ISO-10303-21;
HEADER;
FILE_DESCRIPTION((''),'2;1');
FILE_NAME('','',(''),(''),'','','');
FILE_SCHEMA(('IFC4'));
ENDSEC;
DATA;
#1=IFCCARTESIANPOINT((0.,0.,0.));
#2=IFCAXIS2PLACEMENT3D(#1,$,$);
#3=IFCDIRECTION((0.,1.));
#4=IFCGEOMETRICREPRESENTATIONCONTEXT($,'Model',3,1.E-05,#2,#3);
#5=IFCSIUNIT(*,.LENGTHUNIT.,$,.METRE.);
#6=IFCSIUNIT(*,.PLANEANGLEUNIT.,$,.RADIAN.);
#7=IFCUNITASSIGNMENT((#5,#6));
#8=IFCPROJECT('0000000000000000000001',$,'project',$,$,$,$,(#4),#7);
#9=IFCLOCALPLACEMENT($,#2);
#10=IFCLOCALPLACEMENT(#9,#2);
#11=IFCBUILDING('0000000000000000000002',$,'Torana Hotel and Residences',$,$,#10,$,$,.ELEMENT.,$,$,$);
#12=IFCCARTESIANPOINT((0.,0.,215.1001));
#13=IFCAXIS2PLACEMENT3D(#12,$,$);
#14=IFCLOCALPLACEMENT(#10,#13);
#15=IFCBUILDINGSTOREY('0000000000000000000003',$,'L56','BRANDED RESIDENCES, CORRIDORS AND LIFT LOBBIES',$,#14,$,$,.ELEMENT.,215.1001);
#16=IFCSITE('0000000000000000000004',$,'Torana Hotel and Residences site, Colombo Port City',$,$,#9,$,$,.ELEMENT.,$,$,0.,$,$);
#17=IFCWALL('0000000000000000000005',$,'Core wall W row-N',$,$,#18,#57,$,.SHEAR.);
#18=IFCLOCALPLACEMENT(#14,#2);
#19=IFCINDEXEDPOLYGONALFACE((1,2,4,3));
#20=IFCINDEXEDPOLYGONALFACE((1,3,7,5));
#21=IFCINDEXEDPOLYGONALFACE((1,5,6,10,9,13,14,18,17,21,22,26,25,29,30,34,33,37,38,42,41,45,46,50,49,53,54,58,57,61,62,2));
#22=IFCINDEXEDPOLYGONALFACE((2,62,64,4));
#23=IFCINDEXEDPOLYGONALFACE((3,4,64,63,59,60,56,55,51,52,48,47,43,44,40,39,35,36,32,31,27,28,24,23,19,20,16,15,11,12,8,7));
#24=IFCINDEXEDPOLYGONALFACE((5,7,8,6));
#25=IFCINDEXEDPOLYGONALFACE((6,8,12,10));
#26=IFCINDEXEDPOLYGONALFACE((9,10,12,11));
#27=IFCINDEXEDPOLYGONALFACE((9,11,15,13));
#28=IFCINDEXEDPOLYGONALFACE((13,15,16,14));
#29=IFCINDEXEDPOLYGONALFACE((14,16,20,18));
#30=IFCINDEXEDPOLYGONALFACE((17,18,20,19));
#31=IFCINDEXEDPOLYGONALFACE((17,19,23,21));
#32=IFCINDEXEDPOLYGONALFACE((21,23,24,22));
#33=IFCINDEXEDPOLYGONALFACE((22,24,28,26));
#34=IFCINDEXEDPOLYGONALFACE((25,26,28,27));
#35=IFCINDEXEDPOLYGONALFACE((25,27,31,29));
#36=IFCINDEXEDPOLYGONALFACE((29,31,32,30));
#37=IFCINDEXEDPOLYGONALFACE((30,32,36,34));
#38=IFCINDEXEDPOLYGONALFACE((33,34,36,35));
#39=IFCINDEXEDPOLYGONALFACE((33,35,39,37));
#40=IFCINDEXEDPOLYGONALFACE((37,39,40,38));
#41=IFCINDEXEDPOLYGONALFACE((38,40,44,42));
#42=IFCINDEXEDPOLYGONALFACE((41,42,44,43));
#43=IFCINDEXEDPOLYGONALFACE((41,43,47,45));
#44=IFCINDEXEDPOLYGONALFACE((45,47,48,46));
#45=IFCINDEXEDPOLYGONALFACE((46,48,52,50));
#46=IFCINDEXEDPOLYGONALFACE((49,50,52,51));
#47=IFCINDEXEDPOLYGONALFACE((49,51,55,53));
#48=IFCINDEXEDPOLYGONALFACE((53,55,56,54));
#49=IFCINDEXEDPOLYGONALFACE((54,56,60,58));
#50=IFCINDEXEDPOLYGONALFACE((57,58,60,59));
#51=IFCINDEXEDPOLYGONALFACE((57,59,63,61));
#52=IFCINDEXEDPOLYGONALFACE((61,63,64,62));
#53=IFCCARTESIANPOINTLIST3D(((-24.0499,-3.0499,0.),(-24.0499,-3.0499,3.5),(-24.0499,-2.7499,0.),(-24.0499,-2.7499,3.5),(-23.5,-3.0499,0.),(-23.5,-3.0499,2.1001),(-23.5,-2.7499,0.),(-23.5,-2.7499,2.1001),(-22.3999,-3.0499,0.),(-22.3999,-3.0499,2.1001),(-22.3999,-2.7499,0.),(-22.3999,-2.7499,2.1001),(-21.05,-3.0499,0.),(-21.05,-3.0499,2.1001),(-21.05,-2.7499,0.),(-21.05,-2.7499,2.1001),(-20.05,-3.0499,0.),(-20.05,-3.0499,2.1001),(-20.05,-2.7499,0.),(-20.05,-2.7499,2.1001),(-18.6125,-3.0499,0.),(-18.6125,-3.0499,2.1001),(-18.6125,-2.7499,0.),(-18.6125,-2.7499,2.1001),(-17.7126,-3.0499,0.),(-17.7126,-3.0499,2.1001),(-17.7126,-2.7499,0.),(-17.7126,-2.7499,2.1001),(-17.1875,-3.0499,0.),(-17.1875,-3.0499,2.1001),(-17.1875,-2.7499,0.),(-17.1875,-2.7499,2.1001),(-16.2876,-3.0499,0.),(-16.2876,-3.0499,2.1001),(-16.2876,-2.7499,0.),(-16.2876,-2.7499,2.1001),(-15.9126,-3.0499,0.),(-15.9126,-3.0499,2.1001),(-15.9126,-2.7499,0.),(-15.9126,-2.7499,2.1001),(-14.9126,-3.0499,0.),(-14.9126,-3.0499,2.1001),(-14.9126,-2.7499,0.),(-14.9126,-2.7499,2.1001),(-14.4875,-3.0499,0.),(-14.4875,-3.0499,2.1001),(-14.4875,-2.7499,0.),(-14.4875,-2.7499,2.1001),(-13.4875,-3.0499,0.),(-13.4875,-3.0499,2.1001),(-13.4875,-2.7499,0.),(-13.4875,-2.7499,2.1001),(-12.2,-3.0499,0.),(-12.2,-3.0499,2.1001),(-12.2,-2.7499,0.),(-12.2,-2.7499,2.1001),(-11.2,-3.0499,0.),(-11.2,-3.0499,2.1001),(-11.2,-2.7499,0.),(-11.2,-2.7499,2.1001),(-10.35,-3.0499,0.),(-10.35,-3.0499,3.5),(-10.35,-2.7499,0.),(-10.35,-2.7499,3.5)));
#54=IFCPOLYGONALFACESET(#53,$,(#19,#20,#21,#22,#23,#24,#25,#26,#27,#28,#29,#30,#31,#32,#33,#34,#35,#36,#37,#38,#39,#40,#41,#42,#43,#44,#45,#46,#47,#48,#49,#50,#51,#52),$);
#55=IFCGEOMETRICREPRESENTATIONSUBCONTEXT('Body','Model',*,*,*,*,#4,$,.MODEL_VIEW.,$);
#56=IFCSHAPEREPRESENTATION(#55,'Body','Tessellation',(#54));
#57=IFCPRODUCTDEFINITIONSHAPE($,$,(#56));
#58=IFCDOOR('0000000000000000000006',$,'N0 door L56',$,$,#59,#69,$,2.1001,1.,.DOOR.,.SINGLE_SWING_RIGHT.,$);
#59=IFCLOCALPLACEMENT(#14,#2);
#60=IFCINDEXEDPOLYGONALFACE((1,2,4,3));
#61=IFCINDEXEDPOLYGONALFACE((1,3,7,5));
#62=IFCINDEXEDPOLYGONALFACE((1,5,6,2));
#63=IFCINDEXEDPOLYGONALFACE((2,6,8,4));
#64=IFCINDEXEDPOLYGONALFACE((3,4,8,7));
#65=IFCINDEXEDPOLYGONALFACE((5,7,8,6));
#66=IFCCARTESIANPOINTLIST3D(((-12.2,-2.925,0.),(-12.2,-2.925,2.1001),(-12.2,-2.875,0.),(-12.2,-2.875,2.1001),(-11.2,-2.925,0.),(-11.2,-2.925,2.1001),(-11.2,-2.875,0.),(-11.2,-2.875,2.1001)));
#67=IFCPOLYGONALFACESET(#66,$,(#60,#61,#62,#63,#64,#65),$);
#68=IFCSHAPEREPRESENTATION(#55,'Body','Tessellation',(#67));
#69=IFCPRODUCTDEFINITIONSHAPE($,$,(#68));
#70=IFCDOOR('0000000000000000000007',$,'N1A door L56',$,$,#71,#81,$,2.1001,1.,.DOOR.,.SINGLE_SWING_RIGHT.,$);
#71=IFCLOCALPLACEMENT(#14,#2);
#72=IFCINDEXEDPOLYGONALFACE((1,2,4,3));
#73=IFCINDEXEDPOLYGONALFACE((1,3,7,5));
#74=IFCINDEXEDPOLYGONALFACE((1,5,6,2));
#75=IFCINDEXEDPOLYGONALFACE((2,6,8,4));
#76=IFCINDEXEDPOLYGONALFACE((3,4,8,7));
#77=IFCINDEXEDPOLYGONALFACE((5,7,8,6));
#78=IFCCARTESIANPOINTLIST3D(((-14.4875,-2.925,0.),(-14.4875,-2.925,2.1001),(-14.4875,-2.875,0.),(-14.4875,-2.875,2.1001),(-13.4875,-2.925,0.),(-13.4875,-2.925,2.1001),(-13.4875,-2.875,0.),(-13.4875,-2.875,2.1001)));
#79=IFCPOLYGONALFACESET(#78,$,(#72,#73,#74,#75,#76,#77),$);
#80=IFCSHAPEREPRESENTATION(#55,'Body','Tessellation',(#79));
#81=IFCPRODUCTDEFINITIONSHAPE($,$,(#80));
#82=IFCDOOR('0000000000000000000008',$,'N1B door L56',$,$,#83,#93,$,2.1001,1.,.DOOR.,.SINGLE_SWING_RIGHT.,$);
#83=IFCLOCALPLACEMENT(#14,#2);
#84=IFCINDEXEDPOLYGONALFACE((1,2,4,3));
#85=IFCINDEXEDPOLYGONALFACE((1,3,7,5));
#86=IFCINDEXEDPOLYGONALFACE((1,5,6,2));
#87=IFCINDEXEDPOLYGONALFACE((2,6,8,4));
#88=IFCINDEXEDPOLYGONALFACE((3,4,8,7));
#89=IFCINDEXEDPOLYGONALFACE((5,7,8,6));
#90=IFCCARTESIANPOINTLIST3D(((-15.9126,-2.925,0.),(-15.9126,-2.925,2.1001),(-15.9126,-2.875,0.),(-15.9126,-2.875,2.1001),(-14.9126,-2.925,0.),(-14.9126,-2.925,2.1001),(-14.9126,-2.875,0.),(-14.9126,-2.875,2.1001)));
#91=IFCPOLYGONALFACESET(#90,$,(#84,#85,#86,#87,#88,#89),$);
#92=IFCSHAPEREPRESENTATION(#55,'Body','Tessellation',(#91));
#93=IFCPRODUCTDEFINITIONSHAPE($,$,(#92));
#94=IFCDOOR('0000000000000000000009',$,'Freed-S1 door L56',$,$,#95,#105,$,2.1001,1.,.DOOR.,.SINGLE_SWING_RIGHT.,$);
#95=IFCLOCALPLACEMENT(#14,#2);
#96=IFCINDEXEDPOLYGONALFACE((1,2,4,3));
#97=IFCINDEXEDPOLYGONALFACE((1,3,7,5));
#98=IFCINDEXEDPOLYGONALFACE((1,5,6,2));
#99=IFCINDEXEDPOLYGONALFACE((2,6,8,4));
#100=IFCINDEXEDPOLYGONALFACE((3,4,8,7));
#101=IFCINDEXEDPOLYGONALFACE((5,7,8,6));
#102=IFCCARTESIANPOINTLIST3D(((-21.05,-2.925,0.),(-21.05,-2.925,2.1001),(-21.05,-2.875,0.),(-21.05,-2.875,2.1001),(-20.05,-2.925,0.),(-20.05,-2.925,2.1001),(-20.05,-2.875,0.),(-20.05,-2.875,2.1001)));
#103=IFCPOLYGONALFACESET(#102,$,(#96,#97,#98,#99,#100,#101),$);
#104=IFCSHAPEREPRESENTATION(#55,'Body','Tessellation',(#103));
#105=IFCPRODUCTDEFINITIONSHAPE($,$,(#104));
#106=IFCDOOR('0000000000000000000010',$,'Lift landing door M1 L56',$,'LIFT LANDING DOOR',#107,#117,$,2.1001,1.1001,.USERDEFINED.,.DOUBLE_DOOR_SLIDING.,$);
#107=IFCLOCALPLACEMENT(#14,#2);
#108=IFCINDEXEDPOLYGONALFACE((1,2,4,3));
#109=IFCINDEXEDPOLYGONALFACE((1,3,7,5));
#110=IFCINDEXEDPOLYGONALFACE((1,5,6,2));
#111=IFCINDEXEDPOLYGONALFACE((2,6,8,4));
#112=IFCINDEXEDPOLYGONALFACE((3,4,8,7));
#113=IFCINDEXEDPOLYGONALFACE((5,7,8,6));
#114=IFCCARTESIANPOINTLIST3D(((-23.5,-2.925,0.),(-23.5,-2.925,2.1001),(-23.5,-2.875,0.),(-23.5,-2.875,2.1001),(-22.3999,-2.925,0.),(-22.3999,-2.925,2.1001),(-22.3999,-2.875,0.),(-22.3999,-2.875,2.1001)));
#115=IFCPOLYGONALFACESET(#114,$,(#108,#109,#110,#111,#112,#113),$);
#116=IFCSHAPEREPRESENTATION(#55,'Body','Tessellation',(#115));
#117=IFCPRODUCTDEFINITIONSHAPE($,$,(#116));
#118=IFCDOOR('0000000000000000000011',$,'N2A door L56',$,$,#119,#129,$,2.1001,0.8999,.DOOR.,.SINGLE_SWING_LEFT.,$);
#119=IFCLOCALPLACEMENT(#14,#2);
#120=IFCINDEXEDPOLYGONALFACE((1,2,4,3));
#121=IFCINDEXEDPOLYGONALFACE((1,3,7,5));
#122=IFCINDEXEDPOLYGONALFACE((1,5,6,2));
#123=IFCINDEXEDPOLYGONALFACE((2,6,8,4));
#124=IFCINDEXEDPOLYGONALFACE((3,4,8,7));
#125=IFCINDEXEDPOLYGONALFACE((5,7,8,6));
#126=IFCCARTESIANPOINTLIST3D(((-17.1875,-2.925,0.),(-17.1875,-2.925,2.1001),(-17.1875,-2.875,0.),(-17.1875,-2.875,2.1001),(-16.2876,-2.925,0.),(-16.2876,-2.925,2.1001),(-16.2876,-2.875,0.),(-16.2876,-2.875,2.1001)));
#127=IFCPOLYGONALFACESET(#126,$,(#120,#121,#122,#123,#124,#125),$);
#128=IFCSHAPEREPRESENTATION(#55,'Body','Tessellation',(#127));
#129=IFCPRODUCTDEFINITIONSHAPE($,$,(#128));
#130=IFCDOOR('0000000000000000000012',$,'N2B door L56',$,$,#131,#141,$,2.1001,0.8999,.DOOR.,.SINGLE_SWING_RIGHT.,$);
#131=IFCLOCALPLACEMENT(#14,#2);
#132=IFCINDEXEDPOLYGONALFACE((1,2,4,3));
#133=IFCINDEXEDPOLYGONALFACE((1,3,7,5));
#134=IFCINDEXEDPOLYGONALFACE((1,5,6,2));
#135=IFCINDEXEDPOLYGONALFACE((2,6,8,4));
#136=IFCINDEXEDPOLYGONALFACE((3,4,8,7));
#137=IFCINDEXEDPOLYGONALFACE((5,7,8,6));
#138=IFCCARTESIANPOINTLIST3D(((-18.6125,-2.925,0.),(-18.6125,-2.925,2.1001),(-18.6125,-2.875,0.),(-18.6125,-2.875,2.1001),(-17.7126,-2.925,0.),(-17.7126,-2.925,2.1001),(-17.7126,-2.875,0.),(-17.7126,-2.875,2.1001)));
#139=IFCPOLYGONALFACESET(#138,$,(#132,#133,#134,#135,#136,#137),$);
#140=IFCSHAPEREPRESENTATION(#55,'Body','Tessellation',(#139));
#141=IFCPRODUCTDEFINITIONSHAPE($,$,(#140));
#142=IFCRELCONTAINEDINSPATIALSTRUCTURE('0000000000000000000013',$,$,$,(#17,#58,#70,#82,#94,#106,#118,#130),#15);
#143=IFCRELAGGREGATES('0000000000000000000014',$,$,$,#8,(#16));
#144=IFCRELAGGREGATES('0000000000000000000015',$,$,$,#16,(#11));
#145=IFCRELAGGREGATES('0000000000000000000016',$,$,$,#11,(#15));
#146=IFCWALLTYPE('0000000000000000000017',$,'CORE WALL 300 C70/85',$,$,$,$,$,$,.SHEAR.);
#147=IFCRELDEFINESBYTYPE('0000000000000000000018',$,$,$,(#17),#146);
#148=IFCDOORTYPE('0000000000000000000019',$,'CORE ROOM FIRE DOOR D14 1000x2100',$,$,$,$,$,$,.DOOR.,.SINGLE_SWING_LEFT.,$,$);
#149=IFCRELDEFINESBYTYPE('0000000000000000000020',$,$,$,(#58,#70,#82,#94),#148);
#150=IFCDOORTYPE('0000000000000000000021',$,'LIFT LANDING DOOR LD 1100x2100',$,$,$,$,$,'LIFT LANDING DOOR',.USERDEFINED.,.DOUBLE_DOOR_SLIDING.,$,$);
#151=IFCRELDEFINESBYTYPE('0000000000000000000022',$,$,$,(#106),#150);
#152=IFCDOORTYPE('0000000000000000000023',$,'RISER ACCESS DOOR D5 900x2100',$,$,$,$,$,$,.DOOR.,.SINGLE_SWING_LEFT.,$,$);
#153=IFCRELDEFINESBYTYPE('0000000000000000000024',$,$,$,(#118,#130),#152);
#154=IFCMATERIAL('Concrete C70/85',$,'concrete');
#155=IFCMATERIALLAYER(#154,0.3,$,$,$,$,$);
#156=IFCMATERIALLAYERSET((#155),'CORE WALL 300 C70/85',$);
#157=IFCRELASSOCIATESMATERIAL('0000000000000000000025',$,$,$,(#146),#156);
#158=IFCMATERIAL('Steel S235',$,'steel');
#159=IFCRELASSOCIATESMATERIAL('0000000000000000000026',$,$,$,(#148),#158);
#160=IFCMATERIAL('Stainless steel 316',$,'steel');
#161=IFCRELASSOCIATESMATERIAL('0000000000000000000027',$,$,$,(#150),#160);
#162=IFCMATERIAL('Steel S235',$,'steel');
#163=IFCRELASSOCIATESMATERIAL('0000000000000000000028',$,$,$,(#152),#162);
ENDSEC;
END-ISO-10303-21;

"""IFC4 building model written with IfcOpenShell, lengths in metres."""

from ifc_helpers import new_model, si_unit, direction, frame, frame_2d, origin, place, context, subcontext, project, spatial, rectangle, extrude, material, layer, layer_set, type_object, element, fill, save


model = new_model("IFC4")

# Units and contexts
model_context = context("Model", 3, precision=1e-05, world=origin(), true_north=direction((0.0, 1.0)))
body_context = subcontext(model_context, "Body", "Model", "MODEL_VIEW")
ifc_project = project(units=[si_unit("LENGTHUNIT", "METRE"), si_unit("PLANEANGLEUNIT", "RADIAN")], contexts=[model_context])

# Site, building, storey
site_placement = place(None, origin())
site = spatial("IfcSite", under=ifc_project, at=site_placement, Name="Torana Hotel and Residences site, Colombo Port City", CompositionType="ELEMENT", RefElevation=0.0)
building_placement = place(site_placement, origin())
building = spatial("IfcBuilding", under=site, at=building_placement, Name="Torana Hotel and Residences", CompositionType="ELEMENT")
storey_placement = place(building_placement, frame((0.0, 0.0, 215.1001)))
storey = spatial("IfcBuildingStorey", under=building, at=storey_placement, Name="L56", Description="BRANDED RESIDENCES, CORRIDORS AND LIFT LOBBIES", CompositionType="ELEMENT", Elevation=215.1001)

# Wall, openings, doors
ifc_material_1 = material(Name="Concrete C70/85", Category="concrete")
ifc_layer_1 = layer(ifc_material_1, 0.3)
ifc_layer_set_1 = layer_set([ifc_layer_1], Name="CORE WALL 300 C70/85")
wall_type_1 = type_object("IfcWallType", Name="CORE WALL 300 C70/85", PredefinedType="SHEAR", material=ifc_layer_set_1)
wall_1_placement = place(storey_placement, frame((-24.05, -2.8999, 0.0), z_axis=(0.0, 0.0, 1.0), x_axis=(1.0, 0.0, 0.0)))
wall_1 = element("IfcWall", 1, at=wall_1_placement, inside=storey, type_object=wall_type_1, Name="Core wall W row-N", PredefinedType="SHEAR", context=body_context, shape_type="SweptSolid", body=[
    extrude(rectangle(XDim=13.7, YDim=0.3, at=frame_2d((6.8501, 0.0))), origin(), (0.0, 0.0, 1.0), 3.5),
])
opening_1_placement = place(wall_1_placement, frame((0.55, 0.0, 0.0)))
opening_1 = element("IfcOpeningElement", 2, at=opening_1_placement, cuts=wall_1, PredefinedType="OPENING", context=body_context, shape_type="SweptSolid", body=[
    extrude(rectangle(XDim=1.1001, YDim=2.1001, at=frame_2d((0.55, 1.05))), frame((0.0, 0.1599, 0.0), z_axis=(0.0, -1.0, 0.0), x_axis=(1.0, 0.0, 0.0)), (0.0, 0.0, 1.0), 0.3201),
])
opening_2_placement = place(wall_1_placement, frame((6.8625, 0.0, 0.0)))
opening_2 = element("IfcOpeningElement", 3, at=opening_2_placement, cuts=wall_1, PredefinedType="OPENING", context=body_context, shape_type="SweptSolid", body=[
    extrude(rectangle(XDim=0.8999, YDim=2.1001, at=frame_2d((0.45, 1.05))), frame((0.0, 0.1599, 0.0), z_axis=(0.0, -1.0, 0.0), x_axis=(1.0, 0.0, 0.0)), (0.0, 0.0, 1.0), 0.3201),
])
opening_3_placement = place(wall_1_placement, frame((5.4375, 0.0, 0.0)))
opening_3 = element("IfcOpeningElement", 4, at=opening_3_placement, cuts=wall_1, PredefinedType="OPENING", context=body_context, shape_type="SweptSolid", body=[
    extrude(rectangle(XDim=0.8999, YDim=2.1001, at=frame_2d((0.45, 1.05))), frame((0.0, 0.1599, 0.0), z_axis=(0.0, -1.0, 0.0), x_axis=(1.0, 0.0, 0.0)), (0.0, 0.0, 1.0), 0.3201),
])
opening_4_placement = place(wall_1_placement, frame((11.8501, 0.0, 0.0)))
opening_4 = element("IfcOpeningElement", 5, at=opening_4_placement, cuts=wall_1, PredefinedType="OPENING", context=body_context, shape_type="SweptSolid", body=[
    extrude(rectangle(XDim=1.0, YDim=2.1001, at=frame_2d((0.5, 1.05))), frame((0.0, 0.1599, 0.0), z_axis=(0.0, -1.0, 0.0), x_axis=(1.0, 0.0, 0.0)), (0.0, 0.0, 1.0), 0.3201),
])
opening_5_placement = place(wall_1_placement, frame((9.5625, 0.0, 0.0)))
opening_5 = element("IfcOpeningElement", 6, at=opening_5_placement, cuts=wall_1, PredefinedType="OPENING", context=body_context, shape_type="SweptSolid", body=[
    extrude(rectangle(XDim=1.0, YDim=2.1001, at=frame_2d((0.5, 1.05))), frame((0.0, 0.1599, 0.0), z_axis=(0.0, -1.0, 0.0), x_axis=(1.0, 0.0, 0.0)), (0.0, 0.0, 1.0), 0.3201),
])
opening_6_placement = place(wall_1_placement, frame((8.1375, 0.0, 0.0)))
opening_6 = element("IfcOpeningElement", 7, at=opening_6_placement, cuts=wall_1, PredefinedType="OPENING", context=body_context, shape_type="SweptSolid", body=[
    extrude(rectangle(XDim=1.0, YDim=2.1001, at=frame_2d((0.5, 1.05))), frame((0.0, 0.1599, 0.0), z_axis=(0.0, -1.0, 0.0), x_axis=(1.0, 0.0, 0.0)), (0.0, 0.0, 1.0), 0.3201),
])
opening_7_placement = place(wall_1_placement, frame((3.0, 0.0, 0.0)))
opening_7 = element("IfcOpeningElement", 8, at=opening_7_placement, cuts=wall_1, PredefinedType="OPENING", context=body_context, shape_type="SweptSolid", body=[
    extrude(rectangle(XDim=1.0, YDim=2.1001, at=frame_2d((0.5, 1.05))), frame((0.0, 0.1599, 0.0), z_axis=(0.0, -1.0, 0.0), x_axis=(1.0, 0.0, 0.0)), (0.0, 0.0, 1.0), 0.3201),
])
ifc_material_2 = material(Name="Steel S235", Category="steel")
door_type_1 = type_object("IfcDoorType", Name="CORE ROOM FIRE DOOR D14 1000x2100", OperationType="SINGLE_SWING_LEFT", PredefinedType="DOOR", material=ifc_material_2)
door_1_placement = place(opening_4_placement, origin())
door_1 = element("IfcDoor", 9, at=door_1_placement, inside=storey, type_object=door_type_1, Name="N0 door L56", OperationType="SINGLE_SWING_RIGHT", OverallHeight=2.1001, OverallWidth=1.0, PredefinedType="DOOR", context=body_context, shape_type="SweptSolid", body=[
    extrude(rectangle(XDim=1.0, YDim=2.1001, at=frame_2d((0.5, 1.05))), frame((0.0, 0.0249, 0.0), z_axis=(0.0, -1.0, 0.0), x_axis=(1.0, 0.0, 0.0)), (0.0, 0.0, 1.0), 0.05),
])
fill(opening_4, door_1)
door_2_placement = place(opening_5_placement, origin())
door_2 = element("IfcDoor", 10, at=door_2_placement, inside=storey, type_object=door_type_1, Name="N1A door L56", OperationType="SINGLE_SWING_RIGHT", OverallHeight=2.1001, OverallWidth=1.0, PredefinedType="DOOR", context=body_context, shape_type="SweptSolid", body=[
    extrude(rectangle(XDim=1.0, YDim=2.1001, at=frame_2d((0.5, 1.05))), frame((0.0, 0.0249, 0.0), z_axis=(0.0, -1.0, 0.0), x_axis=(1.0, 0.0, 0.0)), (0.0, 0.0, 1.0), 0.05),
])
fill(opening_5, door_2)
door_3_placement = place(opening_6_placement, origin())
door_3 = element("IfcDoor", 11, at=door_3_placement, inside=storey, type_object=door_type_1, Name="N1B door L56", OperationType="SINGLE_SWING_RIGHT", OverallHeight=2.1001, OverallWidth=1.0, PredefinedType="DOOR", context=body_context, shape_type="SweptSolid", body=[
    extrude(rectangle(XDim=1.0, YDim=2.1001, at=frame_2d((0.5, 1.05))), frame((0.0, 0.0249, 0.0), z_axis=(0.0, -1.0, 0.0), x_axis=(1.0, 0.0, 0.0)), (0.0, 0.0, 1.0), 0.05),
])
fill(opening_6, door_3)
door_4_placement = place(opening_7_placement, origin())
door_4 = element("IfcDoor", 12, at=door_4_placement, inside=storey, type_object=door_type_1, Name="Freed-S1 door L56", OperationType="SINGLE_SWING_RIGHT", OverallHeight=2.1001, OverallWidth=1.0, PredefinedType="DOOR", context=body_context, shape_type="SweptSolid", body=[
    extrude(rectangle(XDim=1.0, YDim=2.1001, at=frame_2d((0.5, 1.05))), frame((0.0, 0.0249, 0.0), z_axis=(0.0, -1.0, 0.0), x_axis=(1.0, 0.0, 0.0)), (0.0, 0.0, 1.0), 0.05),
])
fill(opening_7, door_4)
ifc_material_3 = material(Name="Stainless steel 316", Category="steel")
door_type_2 = type_object("IfcDoorType", Name="LIFT LANDING DOOR LD 1100x2100", ElementType="LIFT LANDING DOOR", OperationType="DOUBLE_DOOR_SLIDING", PredefinedType="USERDEFINED", material=ifc_material_3)
door_5_placement = place(opening_1_placement, origin())
door_5 = element("IfcDoor", 13, at=door_5_placement, inside=storey, type_object=door_type_2, Name="Lift landing door M1 L56", ObjectType="LIFT LANDING DOOR", OperationType="DOUBLE_DOOR_SLIDING", OverallHeight=2.1001, OverallWidth=1.1001, PredefinedType="USERDEFINED", context=body_context, shape_type="SweptSolid", body=[
    extrude(rectangle(XDim=1.1001, YDim=2.1001, at=frame_2d((0.55, 1.05))), frame((0.0, 0.0249, 0.0), z_axis=(0.0, -1.0, 0.0), x_axis=(1.0, 0.0, 0.0)), (0.0, 0.0, 1.0), 0.05),
])
fill(opening_1, door_5)
ifc_material_4 = material(Name="Steel S235", Category="steel")
door_type_3 = type_object("IfcDoorType", Name="RISER ACCESS DOOR D5 900x2100", OperationType="SINGLE_SWING_LEFT", PredefinedType="DOOR", material=ifc_material_4)
door_6_placement = place(opening_2_placement, origin())
door_6 = element("IfcDoor", 14, at=door_6_placement, inside=storey, type_object=door_type_3, Name="N2A door L56", OperationType="SINGLE_SWING_LEFT", OverallHeight=2.1001, OverallWidth=0.8999, PredefinedType="DOOR", context=body_context, shape_type="SweptSolid", body=[
    extrude(rectangle(XDim=0.8999, YDim=2.1001, at=frame_2d((0.45, 1.05))), frame((0.0, 0.0249, 0.0), z_axis=(0.0, -1.0, 0.0), x_axis=(1.0, 0.0, 0.0)), (0.0, 0.0, 1.0), 0.05),
])
fill(opening_2, door_6)
door_7_placement = place(opening_3_placement, origin())
door_7 = element("IfcDoor", 15, at=door_7_placement, inside=storey, type_object=door_type_3, Name="N2B door L56", OperationType="SINGLE_SWING_RIGHT", OverallHeight=2.1001, OverallWidth=0.8999, PredefinedType="DOOR", context=body_context, shape_type="SweptSolid", body=[
    extrude(rectangle(XDim=0.8999, YDim=2.1001, at=frame_2d((0.45, 1.05))), frame((0.0, 0.0249, 0.0), z_axis=(0.0, -1.0, 0.0), x_axis=(1.0, 0.0, 0.0)), (0.0, 0.0, 1.0), 0.05),
])
fill(opening_3, door_7)

save(model, "model.ifc")
